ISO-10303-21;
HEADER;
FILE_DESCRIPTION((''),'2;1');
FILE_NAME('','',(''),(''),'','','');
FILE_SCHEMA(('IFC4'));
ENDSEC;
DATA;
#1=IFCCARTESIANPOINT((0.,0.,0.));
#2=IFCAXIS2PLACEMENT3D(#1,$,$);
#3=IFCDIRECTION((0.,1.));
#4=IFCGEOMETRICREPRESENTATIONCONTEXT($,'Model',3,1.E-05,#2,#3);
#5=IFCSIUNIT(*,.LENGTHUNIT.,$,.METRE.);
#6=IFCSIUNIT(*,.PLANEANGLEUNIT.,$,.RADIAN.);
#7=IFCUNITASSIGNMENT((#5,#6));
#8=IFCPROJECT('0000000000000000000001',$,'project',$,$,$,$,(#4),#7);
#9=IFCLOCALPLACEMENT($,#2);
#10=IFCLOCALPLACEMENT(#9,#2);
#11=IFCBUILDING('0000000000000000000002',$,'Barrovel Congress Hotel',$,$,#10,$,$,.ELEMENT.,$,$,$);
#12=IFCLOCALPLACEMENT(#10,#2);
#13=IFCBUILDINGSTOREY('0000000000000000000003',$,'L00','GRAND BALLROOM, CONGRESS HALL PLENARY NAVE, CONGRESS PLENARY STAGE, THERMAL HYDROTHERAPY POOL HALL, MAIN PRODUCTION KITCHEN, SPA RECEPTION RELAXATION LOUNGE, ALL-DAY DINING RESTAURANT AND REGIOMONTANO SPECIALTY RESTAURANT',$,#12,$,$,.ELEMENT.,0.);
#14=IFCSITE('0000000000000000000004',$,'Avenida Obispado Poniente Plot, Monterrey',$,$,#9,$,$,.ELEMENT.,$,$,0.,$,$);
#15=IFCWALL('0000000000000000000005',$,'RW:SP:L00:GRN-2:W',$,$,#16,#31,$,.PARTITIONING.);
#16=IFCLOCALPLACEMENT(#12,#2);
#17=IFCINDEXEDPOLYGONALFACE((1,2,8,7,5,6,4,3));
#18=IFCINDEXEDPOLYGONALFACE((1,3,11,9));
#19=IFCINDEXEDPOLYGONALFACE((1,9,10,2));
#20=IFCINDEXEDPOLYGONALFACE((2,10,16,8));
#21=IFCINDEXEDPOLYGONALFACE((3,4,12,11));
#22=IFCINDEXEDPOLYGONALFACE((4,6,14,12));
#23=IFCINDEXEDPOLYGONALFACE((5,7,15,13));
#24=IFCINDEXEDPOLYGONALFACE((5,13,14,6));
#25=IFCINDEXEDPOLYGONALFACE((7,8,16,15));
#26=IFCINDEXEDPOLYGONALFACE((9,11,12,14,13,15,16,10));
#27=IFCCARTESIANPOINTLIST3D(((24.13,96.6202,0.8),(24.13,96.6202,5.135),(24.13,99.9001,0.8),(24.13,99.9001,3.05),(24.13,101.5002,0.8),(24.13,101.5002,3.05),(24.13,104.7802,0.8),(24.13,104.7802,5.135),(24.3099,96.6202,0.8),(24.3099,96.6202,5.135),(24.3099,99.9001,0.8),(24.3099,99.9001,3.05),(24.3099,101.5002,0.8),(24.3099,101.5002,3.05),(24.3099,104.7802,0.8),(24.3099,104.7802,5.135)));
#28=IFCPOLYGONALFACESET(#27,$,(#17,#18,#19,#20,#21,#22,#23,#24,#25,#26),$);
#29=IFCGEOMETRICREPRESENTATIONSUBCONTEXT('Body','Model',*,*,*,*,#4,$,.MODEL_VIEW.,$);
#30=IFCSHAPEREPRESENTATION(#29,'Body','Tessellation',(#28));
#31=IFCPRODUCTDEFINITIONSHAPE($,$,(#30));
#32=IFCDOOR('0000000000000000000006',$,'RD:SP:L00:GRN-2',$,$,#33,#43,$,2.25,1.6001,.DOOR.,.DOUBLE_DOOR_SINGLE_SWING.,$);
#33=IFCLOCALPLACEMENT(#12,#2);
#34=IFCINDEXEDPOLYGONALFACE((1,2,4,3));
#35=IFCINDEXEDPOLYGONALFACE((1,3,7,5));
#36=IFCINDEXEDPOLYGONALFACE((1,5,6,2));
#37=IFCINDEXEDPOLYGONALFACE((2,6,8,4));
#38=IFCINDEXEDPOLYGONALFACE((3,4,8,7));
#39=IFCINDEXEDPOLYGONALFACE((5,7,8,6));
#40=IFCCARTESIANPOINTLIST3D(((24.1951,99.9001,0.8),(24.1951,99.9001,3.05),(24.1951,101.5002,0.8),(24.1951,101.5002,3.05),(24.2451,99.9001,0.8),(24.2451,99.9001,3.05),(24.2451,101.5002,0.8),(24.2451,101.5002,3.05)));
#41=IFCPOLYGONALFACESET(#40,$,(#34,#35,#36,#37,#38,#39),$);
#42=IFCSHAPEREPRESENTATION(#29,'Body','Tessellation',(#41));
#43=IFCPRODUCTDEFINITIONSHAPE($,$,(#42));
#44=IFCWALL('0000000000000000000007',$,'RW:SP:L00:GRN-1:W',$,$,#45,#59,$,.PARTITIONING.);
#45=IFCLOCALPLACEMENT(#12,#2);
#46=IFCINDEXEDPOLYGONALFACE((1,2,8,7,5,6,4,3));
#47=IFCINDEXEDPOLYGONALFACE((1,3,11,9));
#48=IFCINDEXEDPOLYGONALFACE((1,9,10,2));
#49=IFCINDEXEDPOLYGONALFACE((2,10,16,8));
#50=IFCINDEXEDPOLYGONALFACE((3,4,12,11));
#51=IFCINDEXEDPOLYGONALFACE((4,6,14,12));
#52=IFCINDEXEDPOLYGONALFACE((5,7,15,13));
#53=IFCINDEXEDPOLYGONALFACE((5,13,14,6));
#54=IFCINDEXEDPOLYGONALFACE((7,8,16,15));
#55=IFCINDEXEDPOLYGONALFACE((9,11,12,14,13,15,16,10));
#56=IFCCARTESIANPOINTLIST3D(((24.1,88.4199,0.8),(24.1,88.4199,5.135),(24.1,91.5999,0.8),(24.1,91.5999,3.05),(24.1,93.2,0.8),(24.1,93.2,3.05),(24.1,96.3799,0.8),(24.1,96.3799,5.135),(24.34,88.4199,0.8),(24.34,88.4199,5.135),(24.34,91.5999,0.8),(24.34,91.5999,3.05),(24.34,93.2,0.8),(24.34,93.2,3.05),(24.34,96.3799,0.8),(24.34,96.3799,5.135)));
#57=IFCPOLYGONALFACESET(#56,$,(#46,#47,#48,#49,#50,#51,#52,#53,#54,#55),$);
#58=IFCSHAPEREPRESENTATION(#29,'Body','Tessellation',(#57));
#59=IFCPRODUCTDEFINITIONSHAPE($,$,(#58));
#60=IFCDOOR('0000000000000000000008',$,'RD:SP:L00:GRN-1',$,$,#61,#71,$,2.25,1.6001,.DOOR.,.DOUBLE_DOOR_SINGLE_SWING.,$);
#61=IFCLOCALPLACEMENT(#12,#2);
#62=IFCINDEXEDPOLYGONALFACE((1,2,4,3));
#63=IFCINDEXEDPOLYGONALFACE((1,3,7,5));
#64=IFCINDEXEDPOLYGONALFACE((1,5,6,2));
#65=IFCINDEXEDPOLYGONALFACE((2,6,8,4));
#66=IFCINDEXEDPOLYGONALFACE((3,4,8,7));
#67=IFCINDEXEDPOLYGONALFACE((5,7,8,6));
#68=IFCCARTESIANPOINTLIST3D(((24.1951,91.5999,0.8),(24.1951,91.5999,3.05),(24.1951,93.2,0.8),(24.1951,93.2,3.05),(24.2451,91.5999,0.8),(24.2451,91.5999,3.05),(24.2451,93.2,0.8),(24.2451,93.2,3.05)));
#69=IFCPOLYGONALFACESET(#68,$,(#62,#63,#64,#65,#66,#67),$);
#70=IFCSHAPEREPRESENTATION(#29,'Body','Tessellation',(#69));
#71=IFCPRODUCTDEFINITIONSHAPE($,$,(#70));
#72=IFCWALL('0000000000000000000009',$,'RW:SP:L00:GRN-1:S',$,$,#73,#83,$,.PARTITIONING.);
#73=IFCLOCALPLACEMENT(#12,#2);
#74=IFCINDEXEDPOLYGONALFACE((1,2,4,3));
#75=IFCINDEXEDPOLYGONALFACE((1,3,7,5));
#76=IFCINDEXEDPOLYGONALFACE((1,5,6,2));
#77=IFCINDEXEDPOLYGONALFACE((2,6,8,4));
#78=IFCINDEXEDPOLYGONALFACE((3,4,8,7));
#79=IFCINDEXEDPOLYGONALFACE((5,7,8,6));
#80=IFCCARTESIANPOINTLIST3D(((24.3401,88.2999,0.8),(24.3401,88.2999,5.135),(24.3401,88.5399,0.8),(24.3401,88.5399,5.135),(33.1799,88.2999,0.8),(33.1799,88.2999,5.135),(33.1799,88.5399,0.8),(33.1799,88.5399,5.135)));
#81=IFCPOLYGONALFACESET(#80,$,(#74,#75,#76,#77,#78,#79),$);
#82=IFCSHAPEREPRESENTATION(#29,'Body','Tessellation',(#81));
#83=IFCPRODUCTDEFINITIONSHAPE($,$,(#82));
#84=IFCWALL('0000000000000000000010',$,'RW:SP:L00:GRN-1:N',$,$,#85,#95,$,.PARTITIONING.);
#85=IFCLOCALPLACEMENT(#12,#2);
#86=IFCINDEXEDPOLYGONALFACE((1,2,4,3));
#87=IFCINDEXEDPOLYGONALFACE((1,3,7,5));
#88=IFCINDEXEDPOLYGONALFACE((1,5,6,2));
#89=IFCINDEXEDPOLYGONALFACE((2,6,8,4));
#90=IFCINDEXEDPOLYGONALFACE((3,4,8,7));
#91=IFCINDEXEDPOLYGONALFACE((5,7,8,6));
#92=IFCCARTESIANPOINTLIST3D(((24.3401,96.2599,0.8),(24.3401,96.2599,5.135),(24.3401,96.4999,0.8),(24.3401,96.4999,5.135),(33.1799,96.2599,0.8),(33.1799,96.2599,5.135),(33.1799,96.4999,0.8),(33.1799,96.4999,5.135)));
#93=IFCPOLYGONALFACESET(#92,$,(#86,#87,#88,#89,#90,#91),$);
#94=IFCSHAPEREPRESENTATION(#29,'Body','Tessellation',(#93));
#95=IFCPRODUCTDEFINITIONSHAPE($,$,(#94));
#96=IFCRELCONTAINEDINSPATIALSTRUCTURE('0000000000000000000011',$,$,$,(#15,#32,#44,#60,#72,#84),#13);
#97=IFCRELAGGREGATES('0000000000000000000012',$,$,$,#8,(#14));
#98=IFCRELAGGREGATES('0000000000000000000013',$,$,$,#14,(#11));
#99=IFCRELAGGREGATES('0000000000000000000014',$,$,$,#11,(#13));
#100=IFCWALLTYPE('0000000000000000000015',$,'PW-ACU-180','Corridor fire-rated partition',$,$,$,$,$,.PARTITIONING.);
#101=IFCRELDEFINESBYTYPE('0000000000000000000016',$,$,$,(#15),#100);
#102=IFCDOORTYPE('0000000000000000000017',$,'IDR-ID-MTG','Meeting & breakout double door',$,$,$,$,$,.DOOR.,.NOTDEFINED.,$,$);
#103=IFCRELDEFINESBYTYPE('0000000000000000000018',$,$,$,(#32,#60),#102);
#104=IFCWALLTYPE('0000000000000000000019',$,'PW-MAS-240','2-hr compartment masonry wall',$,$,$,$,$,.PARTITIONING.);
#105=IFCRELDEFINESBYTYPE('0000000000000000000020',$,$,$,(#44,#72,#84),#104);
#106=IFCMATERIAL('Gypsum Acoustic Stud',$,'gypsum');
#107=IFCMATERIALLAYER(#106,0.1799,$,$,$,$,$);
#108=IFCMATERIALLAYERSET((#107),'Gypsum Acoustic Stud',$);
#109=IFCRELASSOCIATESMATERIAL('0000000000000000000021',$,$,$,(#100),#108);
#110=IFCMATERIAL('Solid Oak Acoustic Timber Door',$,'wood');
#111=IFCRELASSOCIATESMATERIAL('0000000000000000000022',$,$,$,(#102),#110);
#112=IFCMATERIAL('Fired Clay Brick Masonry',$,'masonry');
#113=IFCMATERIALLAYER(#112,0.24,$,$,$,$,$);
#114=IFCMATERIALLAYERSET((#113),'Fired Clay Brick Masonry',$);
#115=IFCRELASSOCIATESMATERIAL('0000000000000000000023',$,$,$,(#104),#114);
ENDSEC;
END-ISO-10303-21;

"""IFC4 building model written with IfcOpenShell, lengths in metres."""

from ifc_helpers import new_model, si_unit, direction, frame, frame_2d, origin, place, context, subcontext, project, spatial, rectangle, extrude, material, layer, layer_set, type_object, element, fill, save


model = new_model("IFC4")

# Units and contexts
model_context = context("Model", 3, precision=1e-05, world=origin(), true_north=direction((0.0, 1.0)))
body_context = subcontext(model_context, "Body", "Model", "MODEL_VIEW")
ifc_project = project(units=[si_unit("LENGTHUNIT", "METRE"), si_unit("PLANEANGLEUNIT", "RADIAN")], contexts=[model_context])

# Site, building, storey
site_placement = place(None, origin())
site = spatial("IfcSite", under=ifc_project, at=site_placement, Name="Avenida Obispado Poniente Plot, Monterrey", CompositionType="ELEMENT", RefElevation=0.0)
building_placement = place(site_placement, origin())
building = spatial("IfcBuilding", under=site, at=building_placement, Name="Barrovel Congress Hotel", CompositionType="ELEMENT")
storey_placement = place(building_placement, origin())
storey = spatial("IfcBuildingStorey", under=building, at=storey_placement, Name="L00", Description="GRAND BALLROOM, CONGRESS HALL PLENARY NAVE, CONGRESS PLENARY STAGE, THERMAL HYDROTHERAPY POOL HALL, MAIN PRODUCTION KITCHEN, SPA RECEPTION RELAXATION LOUNGE, ALL-DAY DINING RESTAURANT AND REGIOMONTANO SPECIALTY RESTAURANT", CompositionType="ELEMENT", Elevation=0.0)

# Walls, openings, doors
ifc_material_1 = material(Name="Gypsum Acoustic Stud", Category="gypsum")
ifc_layer_1 = layer(ifc_material_1, 0.1799)
ifc_layer_set_1 = layer_set([ifc_layer_1], Name="Gypsum Acoustic Stud")
wall_type_1 = type_object("IfcWallType", Name="PW-ACU-180", Description="Corridor fire-rated partition", PredefinedType="PARTITIONING", material=ifc_layer_set_1)
wall_1_placement = place(storey_placement, frame((24.22, 96.6201, 0.8), z_axis=(0.0, 0.0, 1.0), x_axis=(0.0, 1.0, 0.0)))
wall_1 = element("IfcWall", 1, at=wall_1_placement, inside=storey, type_object=wall_type_1, Name="RW:SP:L00:GRN-2:W", PredefinedType="PARTITIONING", context=body_context, shape_type="SweptSolid", body=[
    extrude(rectangle(XDim=8.1599, YDim=0.1799, at=frame_2d((4.0801, 0.0))), origin(), (0.0, 0.0, 1.0), 4.335),
])
opening_1_placement = place(wall_1_placement, frame((3.28, 0.0, 0.0)))
opening_1 = element("IfcOpeningElement", 2, at=opening_1_placement, cuts=wall_1, PredefinedType="OPENING", context=body_context, shape_type="SweptSolid", body=[
    extrude(rectangle(XDim=1.6001, YDim=2.25, at=frame_2d((0.8, 1.125))), frame((0.0, 0.1001, 0.0), z_axis=(0.0, -1.0, 0.0), x_axis=(1.0, 0.0, 0.0)), (0.0, 0.0, 1.0), 0.2),
])
ifc_material_2 = material(Name="Solid Oak Acoustic Timber Door", Category="wood")
door_type = type_object("IfcDoorType", Name="IDR-ID-MTG", Description="Meeting & breakout double door", OperationType="NOTDEFINED", PredefinedType="DOOR", material=ifc_material_2)
door_1_placement = place(opening_1_placement, origin())
door_1 = element("IfcDoor", 3, at=door_1_placement, inside=storey, type_object=door_type, Name="RD:SP:L00:GRN-2", OperationType="DOUBLE_DOOR_SINGLE_SWING", OverallHeight=2.25, OverallWidth=1.6001, PredefinedType="DOOR", context=body_context, shape_type="SweptSolid", body=[
    extrude(rectangle(XDim=1.6001, YDim=2.25, at=frame_2d((0.8, 1.125))), frame((0.0, 0.0249, 0.0), z_axis=(0.0, -1.0, 0.0), x_axis=(1.0, 0.0, 0.0)), (0.0, 0.0, 1.0), 0.05),
])
fill(opening_1, door_1)
ifc_material_3 = material(Name="Fired Clay Brick Masonry", Category="masonry")
ifc_layer_2 = layer(ifc_material_3, 0.24)
ifc_layer_set_2 = layer_set([ifc_layer_2], Name="Fired Clay Brick Masonry")
wall_type_2 = type_object("IfcWallType", Name="PW-MAS-240", Description="2-hr compartment masonry wall", PredefinedType="PARTITIONING", material=ifc_layer_set_2)
wall_2_placement = place(storey_placement, frame((24.22, 88.4199, 0.8), z_axis=(0.0, 0.0, 1.0), x_axis=(0.0, 1.0, 0.0)))
wall_2 = element("IfcWall", 4, at=wall_2_placement, inside=storey, type_object=wall_type_2, Name="RW:SP:L00:GRN-1:W", PredefinedType="PARTITIONING", context=body_context, shape_type="SweptSolid", body=[
    extrude(rectangle(XDim=7.96, YDim=0.24, at=frame_2d((3.98, 0.0))), origin(), (0.0, 0.0, 1.0), 4.335),
])
opening_2_placement = place(wall_2_placement, frame((3.1799, 0.0, 0.0)))
opening_2 = element("IfcOpeningElement", 5, at=opening_2_placement, cuts=wall_2, PredefinedType="OPENING", context=body_context, shape_type="SweptSolid", body=[
    extrude(rectangle(XDim=1.6001, YDim=2.25, at=frame_2d((0.8, 1.125))), frame((0.0, 0.1299, 0.0), z_axis=(0.0, -1.0, 0.0), x_axis=(1.0, 0.0, 0.0)), (0.0, 0.0, 1.0), 0.26),
])
door_2_placement = place(opening_2_placement, origin())
door_2 = element("IfcDoor", 6, at=door_2_placement, inside=storey, type_object=door_type, Name="RD:SP:L00:GRN-1", OperationType="DOUBLE_DOOR_SINGLE_SWING", OverallHeight=2.25, OverallWidth=1.6001, PredefinedType="DOOR", context=body_context, shape_type="SweptSolid", body=[
    extrude(rectangle(XDim=1.6001, YDim=2.25, at=frame_2d((0.8, 1.125))), frame((0.0, 0.0249, 0.0), z_axis=(0.0, -1.0, 0.0), x_axis=(1.0, 0.0, 0.0)), (0.0, 0.0, 1.0), 0.05),
])
fill(opening_2, door_2)

# Walls
for number, where, z_axis, x_axis, name in (
    (7, (24.3401, 88.4199, 0.8), (0.0, 0.0, 1.0), (1.0, 0.0, 0.0), "RW:SP:L00:GRN-1:S"),
    (8, (24.3401, 96.3799, 0.8), (0.0, 0.0, 1.0), (1.0, 0.0, 0.0), "RW:SP:L00:GRN-1:N"),
):
    element("IfcWall", number, at=place(storey_placement, frame(where, z_axis=z_axis, x_axis=x_axis)), inside=storey, type_object=wall_type_2, Name=name, PredefinedType="PARTITIONING", context=body_context, shape_type="SweptSolid", body=[
        extrude(rectangle(XDim=8.8398, YDim=0.24, at=frame_2d((4.4199, 0.0))), origin(), (0.0, 0.0, 1.0), 4.335),
    ])

save(model, "model.ifc")
